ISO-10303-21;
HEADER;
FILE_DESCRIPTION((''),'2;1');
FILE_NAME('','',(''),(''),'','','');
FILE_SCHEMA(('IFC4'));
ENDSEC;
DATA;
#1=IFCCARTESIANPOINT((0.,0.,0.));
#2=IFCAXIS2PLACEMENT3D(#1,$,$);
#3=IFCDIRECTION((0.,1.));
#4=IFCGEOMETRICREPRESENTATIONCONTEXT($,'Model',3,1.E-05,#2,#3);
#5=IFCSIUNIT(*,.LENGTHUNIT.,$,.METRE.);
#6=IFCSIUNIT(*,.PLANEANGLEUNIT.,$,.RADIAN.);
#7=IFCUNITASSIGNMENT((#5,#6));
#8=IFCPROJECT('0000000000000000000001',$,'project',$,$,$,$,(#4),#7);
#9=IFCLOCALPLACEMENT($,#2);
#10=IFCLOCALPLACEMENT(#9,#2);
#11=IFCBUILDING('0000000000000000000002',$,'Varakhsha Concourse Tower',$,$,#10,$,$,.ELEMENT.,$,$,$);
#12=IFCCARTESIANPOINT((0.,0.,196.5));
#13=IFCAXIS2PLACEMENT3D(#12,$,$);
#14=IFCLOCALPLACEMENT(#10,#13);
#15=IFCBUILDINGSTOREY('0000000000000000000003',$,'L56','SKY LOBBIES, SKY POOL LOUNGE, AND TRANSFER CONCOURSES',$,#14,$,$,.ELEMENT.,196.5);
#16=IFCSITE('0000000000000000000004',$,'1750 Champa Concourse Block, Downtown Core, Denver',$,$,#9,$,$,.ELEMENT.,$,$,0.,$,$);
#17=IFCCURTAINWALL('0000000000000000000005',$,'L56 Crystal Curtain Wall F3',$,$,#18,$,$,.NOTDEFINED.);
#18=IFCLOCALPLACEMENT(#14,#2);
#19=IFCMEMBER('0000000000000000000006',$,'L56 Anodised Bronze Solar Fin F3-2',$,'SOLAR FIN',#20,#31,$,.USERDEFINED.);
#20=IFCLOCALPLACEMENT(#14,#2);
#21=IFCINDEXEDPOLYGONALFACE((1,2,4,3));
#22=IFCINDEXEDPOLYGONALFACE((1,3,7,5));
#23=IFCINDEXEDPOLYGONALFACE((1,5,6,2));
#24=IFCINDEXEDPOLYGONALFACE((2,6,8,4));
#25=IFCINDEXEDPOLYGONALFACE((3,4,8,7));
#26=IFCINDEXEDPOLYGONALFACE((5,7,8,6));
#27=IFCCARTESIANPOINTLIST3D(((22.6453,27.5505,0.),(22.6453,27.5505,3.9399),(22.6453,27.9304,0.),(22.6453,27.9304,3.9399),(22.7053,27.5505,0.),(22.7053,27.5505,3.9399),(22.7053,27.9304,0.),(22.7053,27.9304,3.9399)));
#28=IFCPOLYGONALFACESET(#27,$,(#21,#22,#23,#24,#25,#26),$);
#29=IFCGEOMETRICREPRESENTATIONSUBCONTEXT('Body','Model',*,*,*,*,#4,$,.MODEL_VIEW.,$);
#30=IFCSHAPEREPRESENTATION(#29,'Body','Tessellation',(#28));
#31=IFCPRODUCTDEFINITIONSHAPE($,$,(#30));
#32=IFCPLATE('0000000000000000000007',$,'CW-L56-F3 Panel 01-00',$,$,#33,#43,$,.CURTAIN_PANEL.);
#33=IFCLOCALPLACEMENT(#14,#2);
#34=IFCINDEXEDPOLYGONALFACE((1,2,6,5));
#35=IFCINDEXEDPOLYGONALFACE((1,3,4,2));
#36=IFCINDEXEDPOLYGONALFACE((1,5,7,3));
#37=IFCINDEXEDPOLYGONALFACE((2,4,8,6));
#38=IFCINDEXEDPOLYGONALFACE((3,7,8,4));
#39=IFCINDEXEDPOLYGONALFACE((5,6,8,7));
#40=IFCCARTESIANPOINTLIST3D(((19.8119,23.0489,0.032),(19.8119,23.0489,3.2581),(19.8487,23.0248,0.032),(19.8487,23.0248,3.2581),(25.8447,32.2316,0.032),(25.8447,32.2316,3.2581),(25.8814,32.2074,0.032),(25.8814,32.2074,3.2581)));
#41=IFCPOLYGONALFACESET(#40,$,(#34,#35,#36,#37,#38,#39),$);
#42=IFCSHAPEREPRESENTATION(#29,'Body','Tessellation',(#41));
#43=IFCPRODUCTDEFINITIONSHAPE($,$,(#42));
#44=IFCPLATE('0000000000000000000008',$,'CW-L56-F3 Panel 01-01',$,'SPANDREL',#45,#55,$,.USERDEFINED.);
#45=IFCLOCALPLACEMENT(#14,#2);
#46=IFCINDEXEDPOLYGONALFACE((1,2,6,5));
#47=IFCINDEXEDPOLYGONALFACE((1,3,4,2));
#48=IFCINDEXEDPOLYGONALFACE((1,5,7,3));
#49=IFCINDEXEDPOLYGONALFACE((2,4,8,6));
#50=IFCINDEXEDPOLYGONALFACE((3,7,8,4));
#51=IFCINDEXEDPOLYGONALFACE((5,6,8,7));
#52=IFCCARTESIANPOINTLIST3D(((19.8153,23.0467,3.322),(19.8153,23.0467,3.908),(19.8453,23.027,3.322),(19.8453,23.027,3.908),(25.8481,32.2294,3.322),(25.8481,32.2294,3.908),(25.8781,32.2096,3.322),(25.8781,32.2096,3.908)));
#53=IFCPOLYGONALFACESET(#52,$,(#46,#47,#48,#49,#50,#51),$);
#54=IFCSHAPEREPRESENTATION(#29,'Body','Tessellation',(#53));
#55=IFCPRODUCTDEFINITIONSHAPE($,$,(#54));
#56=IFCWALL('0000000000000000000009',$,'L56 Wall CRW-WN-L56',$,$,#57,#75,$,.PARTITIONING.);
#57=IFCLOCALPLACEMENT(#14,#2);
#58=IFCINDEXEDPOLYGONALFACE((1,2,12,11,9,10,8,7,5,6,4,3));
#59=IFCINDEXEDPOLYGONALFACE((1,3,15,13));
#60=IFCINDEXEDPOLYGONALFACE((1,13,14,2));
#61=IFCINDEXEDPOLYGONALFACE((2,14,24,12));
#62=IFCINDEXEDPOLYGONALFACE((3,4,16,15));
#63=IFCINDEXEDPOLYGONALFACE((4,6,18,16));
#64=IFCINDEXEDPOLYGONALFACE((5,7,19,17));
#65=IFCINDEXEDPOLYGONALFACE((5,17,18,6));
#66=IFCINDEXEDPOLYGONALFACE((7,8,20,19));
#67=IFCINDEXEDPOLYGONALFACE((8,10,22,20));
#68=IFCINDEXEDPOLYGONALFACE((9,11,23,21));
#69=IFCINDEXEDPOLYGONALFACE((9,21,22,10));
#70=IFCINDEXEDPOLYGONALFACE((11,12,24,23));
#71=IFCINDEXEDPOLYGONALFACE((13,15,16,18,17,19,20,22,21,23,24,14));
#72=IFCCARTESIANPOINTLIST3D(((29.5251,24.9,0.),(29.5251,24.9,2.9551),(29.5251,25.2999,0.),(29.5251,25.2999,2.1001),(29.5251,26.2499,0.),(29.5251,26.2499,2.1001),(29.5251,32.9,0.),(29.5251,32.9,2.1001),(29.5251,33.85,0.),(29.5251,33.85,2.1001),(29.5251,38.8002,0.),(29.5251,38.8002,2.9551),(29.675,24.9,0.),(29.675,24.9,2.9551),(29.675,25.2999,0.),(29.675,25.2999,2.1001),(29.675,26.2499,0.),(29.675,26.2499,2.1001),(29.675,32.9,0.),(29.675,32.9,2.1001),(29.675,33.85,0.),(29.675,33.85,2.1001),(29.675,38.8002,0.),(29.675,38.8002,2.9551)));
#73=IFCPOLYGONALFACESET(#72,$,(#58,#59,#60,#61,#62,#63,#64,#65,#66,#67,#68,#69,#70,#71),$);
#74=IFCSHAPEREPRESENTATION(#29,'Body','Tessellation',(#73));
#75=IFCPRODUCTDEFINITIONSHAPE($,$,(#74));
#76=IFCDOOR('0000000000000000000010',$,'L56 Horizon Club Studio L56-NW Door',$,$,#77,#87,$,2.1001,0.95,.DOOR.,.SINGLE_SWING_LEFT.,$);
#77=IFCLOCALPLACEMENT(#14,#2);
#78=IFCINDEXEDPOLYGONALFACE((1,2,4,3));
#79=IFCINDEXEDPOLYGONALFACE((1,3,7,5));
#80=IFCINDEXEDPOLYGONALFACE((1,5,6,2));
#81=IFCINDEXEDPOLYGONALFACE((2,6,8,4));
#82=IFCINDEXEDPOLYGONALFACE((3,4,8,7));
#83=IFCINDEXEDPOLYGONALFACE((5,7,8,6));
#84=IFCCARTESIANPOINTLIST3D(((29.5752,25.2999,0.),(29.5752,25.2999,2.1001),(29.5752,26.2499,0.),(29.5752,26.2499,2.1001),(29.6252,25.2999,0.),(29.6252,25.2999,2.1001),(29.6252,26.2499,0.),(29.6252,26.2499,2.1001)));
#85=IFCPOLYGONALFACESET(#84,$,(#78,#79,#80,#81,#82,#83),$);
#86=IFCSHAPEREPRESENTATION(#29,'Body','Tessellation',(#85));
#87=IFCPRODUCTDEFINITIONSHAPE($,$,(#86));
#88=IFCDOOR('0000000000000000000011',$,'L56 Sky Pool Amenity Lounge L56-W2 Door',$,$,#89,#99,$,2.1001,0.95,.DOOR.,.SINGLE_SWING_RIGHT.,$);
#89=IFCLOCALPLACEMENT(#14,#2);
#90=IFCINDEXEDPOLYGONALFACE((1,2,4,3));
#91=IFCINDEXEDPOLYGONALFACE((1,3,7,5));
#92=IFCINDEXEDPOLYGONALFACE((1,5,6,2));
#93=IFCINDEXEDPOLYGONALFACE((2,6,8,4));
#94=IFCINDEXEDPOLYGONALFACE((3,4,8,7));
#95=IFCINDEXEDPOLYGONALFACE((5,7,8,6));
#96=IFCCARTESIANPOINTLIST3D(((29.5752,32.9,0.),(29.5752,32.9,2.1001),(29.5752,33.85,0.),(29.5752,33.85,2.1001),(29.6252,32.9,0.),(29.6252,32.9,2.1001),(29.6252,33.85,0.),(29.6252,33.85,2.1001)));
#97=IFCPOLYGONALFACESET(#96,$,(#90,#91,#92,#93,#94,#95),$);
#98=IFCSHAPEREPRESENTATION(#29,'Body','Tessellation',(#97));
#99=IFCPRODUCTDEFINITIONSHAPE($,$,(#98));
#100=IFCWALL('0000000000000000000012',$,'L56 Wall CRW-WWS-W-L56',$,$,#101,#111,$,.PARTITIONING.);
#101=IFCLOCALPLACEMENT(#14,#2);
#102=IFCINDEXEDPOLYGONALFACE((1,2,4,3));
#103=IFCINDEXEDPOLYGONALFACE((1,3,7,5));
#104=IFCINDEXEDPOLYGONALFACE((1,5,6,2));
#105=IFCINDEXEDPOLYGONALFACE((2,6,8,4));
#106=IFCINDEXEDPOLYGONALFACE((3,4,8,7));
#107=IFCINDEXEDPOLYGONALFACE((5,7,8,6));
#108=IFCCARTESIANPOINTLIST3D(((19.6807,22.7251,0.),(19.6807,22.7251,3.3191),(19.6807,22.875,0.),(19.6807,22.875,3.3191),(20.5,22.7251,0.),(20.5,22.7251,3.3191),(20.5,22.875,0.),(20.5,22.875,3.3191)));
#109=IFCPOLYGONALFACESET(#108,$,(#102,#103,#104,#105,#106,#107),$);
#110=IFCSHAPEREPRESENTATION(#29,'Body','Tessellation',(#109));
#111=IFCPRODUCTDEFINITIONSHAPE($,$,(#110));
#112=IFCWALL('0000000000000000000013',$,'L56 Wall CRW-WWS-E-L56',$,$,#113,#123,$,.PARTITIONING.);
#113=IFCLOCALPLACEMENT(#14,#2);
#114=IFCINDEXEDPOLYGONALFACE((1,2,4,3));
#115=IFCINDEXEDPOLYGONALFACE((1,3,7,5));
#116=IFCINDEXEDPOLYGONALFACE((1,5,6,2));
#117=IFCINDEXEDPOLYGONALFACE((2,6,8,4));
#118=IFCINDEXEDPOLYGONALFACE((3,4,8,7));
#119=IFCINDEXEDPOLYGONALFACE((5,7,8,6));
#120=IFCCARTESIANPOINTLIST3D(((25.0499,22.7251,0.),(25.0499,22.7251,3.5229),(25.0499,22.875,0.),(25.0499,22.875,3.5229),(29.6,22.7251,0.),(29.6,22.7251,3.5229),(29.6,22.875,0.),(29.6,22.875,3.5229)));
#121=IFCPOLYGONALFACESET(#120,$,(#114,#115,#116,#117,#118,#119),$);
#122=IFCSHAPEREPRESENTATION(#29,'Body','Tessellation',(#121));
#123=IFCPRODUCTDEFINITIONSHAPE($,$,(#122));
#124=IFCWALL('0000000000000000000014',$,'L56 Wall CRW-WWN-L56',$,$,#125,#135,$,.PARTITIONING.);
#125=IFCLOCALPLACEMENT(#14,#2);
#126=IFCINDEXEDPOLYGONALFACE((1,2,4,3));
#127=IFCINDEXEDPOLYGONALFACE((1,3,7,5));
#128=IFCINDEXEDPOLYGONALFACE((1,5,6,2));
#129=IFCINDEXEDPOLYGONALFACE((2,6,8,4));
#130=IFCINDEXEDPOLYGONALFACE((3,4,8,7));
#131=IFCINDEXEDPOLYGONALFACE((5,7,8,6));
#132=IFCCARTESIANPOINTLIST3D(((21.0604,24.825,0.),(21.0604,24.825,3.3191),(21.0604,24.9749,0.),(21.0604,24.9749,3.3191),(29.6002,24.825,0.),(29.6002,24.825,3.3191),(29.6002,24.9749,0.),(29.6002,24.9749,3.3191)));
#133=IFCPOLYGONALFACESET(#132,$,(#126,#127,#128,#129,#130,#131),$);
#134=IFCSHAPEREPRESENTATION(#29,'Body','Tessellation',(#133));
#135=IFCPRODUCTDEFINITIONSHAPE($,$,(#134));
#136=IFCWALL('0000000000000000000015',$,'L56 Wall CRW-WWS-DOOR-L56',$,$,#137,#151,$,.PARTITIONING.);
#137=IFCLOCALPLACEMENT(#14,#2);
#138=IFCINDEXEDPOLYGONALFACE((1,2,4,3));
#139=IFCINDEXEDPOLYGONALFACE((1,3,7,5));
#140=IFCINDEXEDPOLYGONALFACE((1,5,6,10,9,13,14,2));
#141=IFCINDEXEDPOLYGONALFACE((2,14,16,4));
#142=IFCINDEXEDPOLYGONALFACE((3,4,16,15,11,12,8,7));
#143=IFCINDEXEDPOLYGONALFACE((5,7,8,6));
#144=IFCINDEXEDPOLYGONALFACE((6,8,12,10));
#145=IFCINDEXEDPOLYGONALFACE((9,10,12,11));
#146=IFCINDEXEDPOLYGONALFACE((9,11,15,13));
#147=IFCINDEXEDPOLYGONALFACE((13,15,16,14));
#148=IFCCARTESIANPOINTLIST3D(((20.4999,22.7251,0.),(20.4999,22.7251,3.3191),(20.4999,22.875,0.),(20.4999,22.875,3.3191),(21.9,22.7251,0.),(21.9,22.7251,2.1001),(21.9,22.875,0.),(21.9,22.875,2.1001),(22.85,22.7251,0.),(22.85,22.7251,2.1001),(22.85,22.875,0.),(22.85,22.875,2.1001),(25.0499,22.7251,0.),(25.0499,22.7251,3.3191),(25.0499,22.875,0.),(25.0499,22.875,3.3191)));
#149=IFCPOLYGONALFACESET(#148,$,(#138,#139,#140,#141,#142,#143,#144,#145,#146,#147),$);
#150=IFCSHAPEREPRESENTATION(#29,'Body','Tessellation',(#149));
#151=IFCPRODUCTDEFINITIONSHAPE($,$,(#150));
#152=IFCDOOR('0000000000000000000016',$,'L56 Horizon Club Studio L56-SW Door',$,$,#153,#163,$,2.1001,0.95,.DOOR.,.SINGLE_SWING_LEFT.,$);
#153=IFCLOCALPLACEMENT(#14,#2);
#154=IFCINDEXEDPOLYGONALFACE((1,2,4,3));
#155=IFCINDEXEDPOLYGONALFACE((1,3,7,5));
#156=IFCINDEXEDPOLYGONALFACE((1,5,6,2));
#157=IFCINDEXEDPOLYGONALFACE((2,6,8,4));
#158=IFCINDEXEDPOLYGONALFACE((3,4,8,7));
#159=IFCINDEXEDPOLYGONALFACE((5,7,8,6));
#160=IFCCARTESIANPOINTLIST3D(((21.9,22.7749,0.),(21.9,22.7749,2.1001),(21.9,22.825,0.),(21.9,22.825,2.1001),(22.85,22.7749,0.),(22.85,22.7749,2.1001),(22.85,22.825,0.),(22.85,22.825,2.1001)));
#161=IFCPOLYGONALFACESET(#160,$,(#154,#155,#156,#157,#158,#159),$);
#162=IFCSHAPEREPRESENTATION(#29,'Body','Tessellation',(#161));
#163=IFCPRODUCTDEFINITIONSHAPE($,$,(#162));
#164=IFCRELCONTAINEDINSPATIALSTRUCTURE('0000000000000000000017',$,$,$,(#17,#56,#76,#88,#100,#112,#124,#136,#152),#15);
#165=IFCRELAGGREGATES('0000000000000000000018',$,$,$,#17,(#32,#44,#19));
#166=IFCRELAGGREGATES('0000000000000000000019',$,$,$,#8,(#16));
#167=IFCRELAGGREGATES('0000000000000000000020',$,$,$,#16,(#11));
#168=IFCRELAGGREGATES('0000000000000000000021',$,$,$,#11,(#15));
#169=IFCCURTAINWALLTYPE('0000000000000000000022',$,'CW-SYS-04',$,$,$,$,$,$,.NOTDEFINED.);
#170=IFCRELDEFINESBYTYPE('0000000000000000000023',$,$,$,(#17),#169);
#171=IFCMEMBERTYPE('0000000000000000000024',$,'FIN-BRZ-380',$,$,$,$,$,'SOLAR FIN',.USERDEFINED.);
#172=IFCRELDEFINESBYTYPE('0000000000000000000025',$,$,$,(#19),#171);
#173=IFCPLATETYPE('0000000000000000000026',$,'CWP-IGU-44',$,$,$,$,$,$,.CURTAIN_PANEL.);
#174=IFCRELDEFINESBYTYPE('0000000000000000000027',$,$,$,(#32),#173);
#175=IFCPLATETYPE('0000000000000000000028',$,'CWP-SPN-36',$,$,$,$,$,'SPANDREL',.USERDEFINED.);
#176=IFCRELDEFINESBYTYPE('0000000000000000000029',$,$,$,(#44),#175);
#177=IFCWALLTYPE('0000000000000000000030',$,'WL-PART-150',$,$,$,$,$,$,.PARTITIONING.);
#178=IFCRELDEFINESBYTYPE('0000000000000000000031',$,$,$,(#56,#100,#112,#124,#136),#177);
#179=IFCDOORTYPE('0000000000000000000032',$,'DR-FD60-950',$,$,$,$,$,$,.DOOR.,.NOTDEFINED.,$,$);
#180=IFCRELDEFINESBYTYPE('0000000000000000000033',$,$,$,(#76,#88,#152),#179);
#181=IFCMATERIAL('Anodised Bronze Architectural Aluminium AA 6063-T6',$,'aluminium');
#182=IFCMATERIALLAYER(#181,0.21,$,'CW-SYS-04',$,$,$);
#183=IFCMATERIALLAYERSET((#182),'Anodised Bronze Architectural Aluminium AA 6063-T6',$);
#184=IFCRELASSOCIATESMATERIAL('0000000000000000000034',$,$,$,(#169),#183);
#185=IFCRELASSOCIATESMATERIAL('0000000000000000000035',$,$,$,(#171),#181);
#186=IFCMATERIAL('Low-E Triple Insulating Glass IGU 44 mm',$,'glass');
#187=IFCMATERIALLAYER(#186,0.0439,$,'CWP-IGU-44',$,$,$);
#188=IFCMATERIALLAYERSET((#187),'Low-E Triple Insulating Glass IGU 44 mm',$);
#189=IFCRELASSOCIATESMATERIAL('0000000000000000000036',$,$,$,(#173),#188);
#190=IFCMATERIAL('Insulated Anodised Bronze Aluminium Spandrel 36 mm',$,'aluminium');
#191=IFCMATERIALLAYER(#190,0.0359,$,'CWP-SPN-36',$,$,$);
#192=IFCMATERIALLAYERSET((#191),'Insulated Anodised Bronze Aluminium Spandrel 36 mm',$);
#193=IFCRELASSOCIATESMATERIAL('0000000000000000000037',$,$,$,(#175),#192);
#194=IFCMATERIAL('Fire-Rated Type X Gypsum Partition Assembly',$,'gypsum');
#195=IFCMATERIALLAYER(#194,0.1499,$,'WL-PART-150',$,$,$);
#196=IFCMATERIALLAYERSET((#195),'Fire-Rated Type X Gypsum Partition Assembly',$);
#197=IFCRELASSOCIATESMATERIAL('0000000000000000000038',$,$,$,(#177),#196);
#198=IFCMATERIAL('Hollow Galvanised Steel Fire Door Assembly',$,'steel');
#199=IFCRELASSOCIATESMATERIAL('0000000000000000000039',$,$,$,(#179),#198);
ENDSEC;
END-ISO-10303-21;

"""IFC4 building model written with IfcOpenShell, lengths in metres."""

from ifc_helpers import new_model, si_unit, direction, frame, frame_2d, origin, origin_2d, place, context, subcontext, project, spatial, rectangle, extrude, source, transform, mapped, material, layer, layer_set, material_profile, profile_set, type_object, type_shapes, element, fill, aggregate, save


model = new_model("IFC4")

# Units and contexts
model_context = context("Model", 3, precision=1e-05, world=origin(), true_north=direction((0.0, 1.0)))
body_context = subcontext(model_context, "Body", "Model", "MODEL_VIEW")
ifc_project = project(units=[si_unit("LENGTHUNIT", "METRE"), si_unit("PLANEANGLEUNIT", "RADIAN")], contexts=[model_context])

# Site, building, storey
site_placement = place(None, origin())
site = spatial("IfcSite", under=ifc_project, at=site_placement, Name="1750 Champa Concourse Block, Downtown Core, Denver", CompositionType="ELEMENT", RefElevation=0.0)
building_placement = place(site_placement, origin())
building = spatial("IfcBuilding", under=site, at=building_placement, Name="Varakhsha Concourse Tower", CompositionType="ELEMENT")
storey_placement = place(building_placement, frame((0.0, 0.0, 196.5)))
storey = spatial("IfcBuildingStorey", under=building, at=storey_placement, Name="L56", Description="SKY LOBBIES, SKY POOL LOUNGE, AND TRANSFER CONCOURSES", CompositionType="ELEMENT", Elevation=196.5)

# Curtain wall, member, plates
ifc_material_1 = material(Name="Anodised Bronze Architectural Aluminium AA 6063-T6", Category="aluminium")
ifc_layer_1 = layer(ifc_material_1, 0.21, Name="CW-SYS-04")
ifc_layer_set_1 = layer_set([ifc_layer_1], Name="Anodised Bronze Architectural Aluminium AA 6063-T6")
curtain_wall_type = type_object("IfcCurtainWallType", Name="CW-SYS-04", PredefinedType="NOTDEFINED", material=ifc_layer_set_1)
curtain_wall_placement = place(storey_placement, origin())
curtain_wall = element("IfcCurtainWall", 1, at=curtain_wall_placement, inside=storey, type_object=curtain_wall_type, Name="L56 Crystal Curtain Wall F3", PredefinedType="NOTDEFINED")
ifc_material_profile_1 = material_profile(ifc_material_1, rectangle(XDim=0.0601, YDim=0.3799, at=origin_2d()), Name="FIN-BRZ-380")
ifc_profile_set_1 = profile_set([ifc_material_profile_1], Name="Anodised Bronze Architectural Aluminium AA 6063-T6")
member_type_1 = type_object("IfcMemberType", Name="FIN-BRZ-380", ElementType="SOLAR FIN", PredefinedType="USERDEFINED", material=ifc_profile_set_1)
shared_shape_1 = source(origin(), body_context, "Body", "SweptSolid", [
    extrude(rectangle(XDim=0.0601, YDim=0.3799, at=origin_2d()), origin(), (0.0, 0.0, 1.0), 3.9399),
])
type_shapes(member_type_1, [shared_shape_1])
member_1_placement = place(storey_placement, frame((22.6753, 27.7405, 0.0), z_axis=(0.0, 0.0, 1.0), x_axis=(1.0, 0.0, 0.0)))
member_1 = element("IfcMember", 2, at=member_1_placement, type_object=member_type_1, Name="L56 Anodised Bronze Solar Fin F3-2", ObjectType="SOLAR FIN", PredefinedType="USERDEFINED", context=body_context, shape_type="MappedRepresentation", body=[
    mapped(shared_shape_1, transform((0.0, 0.0, 0.0), scale=1.0)),
])
ifc_material_2 = material(Name="Low-E Triple Insulating Glass IGU 44 mm", Category="glass")
ifc_layer_2 = layer(ifc_material_2, 0.0439, Name="CWP-IGU-44")
ifc_layer_set_2 = layer_set([ifc_layer_2], Name="Low-E Triple Insulating Glass IGU 44 mm")
plate_type_1 = type_object("IfcPlateType", Name="CWP-IGU-44", PredefinedType="CURTAIN_PANEL", material=ifc_layer_set_2)
shared_shape_2 = source(origin(), body_context, "Body", "SweptSolid", [
    extrude(rectangle(XDim=10.9871, YDim=0.0439, at=origin_2d()), origin(), (0.0, 0.0, 1.0), 3.2261),
])
type_shapes(plate_type_1, [shared_shape_2])
plate_1_placement = place(storey_placement, frame((22.8467, 27.6282, 0.032), z_axis=(0.0, 0.0, 1.0), x_axis=(0.54908, 0.83577, 0.0)))
plate_1 = element("IfcPlate", 3, at=plate_1_placement, type_object=plate_type_1, Name="CW-L56-F3 Panel 01-00", PredefinedType="CURTAIN_PANEL", context=body_context, shape_type="MappedRepresentation", body=[
    mapped(shared_shape_2, transform((0.0, 0.0, 0.0), scale=1.0)),
])
ifc_material_3 = material(Name="Insulated Anodised Bronze Aluminium Spandrel 36 mm", Category="aluminium")
ifc_layer_3 = layer(ifc_material_3, 0.0359, Name="CWP-SPN-36")
ifc_layer_set_3 = layer_set([ifc_layer_3], Name="Insulated Anodised Bronze Aluminium Spandrel 36 mm")
plate_type_2 = type_object("IfcPlateType", Name="CWP-SPN-36", ElementType="SPANDREL", PredefinedType="USERDEFINED", material=ifc_layer_set_3)
shared_shape_3 = source(origin(), body_context, "Body", "SweptSolid", [
    extrude(rectangle(XDim=10.9871, YDim=0.0359, at=origin_2d()), origin(), (0.0, 0.0, 1.0), 0.5859),
])
type_shapes(plate_type_2, [shared_shape_3])
plate_2_placement = place(storey_placement, frame((22.8467, 27.6282, 3.322), z_axis=(0.0, 0.0, 1.0), x_axis=(0.54908, 0.83577, 0.0)))
plate_2 = element("IfcPlate", 4, at=plate_2_placement, type_object=plate_type_2, Name="CW-L56-F3 Panel 01-01", ObjectType="SPANDREL", PredefinedType="USERDEFINED", context=body_context, shape_type="MappedRepresentation", body=[
    mapped(shared_shape_3, transform((0.0, 0.0, 0.0), scale=1.0)),
])
aggregate(curtain_wall, [plate_1, plate_2, member_1])

# Wall, openings, doors
ifc_material_4 = material(Name="Fire-Rated Type X Gypsum Partition Assembly", Category="gypsum")
ifc_layer_4 = layer(ifc_material_4, 0.1499, Name="WL-PART-150")
ifc_layer_set_4 = layer_set([ifc_layer_4], Name="Fire-Rated Type X Gypsum Partition Assembly")
wall_type_1 = type_object("IfcWallType", Name="WL-PART-150", PredefinedType="PARTITIONING", material=ifc_layer_set_4)
wall_1_placement = place(storey_placement, frame((29.6001, 24.8999, 0.0), z_axis=(0.0, 0.0, 1.0), x_axis=(0.0, 1.0, 0.0)))
wall_1 = element("IfcWall", 5, at=wall_1_placement, inside=storey, type_object=wall_type_1, Name="L56 Wall CRW-WN-L56", PredefinedType="PARTITIONING", context=body_context, shape_type="SweptSolid", body=[
    extrude(rectangle(XDim=13.9001, YDim=0.1499, at=frame_2d((6.9502, 0.0))), origin(), (0.0, 0.0, 1.0), 2.9551),
])
opening_1_placement = place(wall_1_placement, frame((0.3999, 0.0, 0.0)))
opening_1 = element("IfcOpeningElement", 6, at=opening_1_placement, cuts=wall_1, PredefinedType="OPENING", context=body_context, shape_type="SweptSolid", body=[
    extrude(rectangle(XDim=0.95, YDim=2.1001, at=frame_2d((0.4751, 1.05))), frame((0.0, 0.085, 0.0), z_axis=(0.0, -1.0, 0.0), x_axis=(1.0, 0.0, 0.0)), (0.0, 0.0, 1.0), 0.1699),
])
opening_2_placement = place(wall_1_placement, frame((8.0, 0.0, 0.0)))
opening_2 = element("IfcOpeningElement", 7, at=opening_2_placement, cuts=wall_1, PredefinedType="OPENING", context=body_context, shape_type="SweptSolid", body=[
    extrude(rectangle(XDim=0.95, YDim=2.1001, at=frame_2d((0.4751, 1.05))), frame((0.0, 0.085, 0.0), z_axis=(0.0, -1.0, 0.0), x_axis=(1.0, 0.0, 0.0)), (0.0, 0.0, 1.0), 0.1699),
])
ifc_material_5 = material(Name="Hollow Galvanised Steel Fire Door Assembly", Category="steel")
door_type = type_object("IfcDoorType", Name="DR-FD60-950", OperationType="NOTDEFINED", PredefinedType="DOOR", material=ifc_material_5)
door_1_placement = place(opening_1_placement, origin())
door_1 = element("IfcDoor", 8, at=door_1_placement, inside=storey, type_object=door_type, Name="L56 Horizon Club Studio L56-NW Door", OperationType="SINGLE_SWING_LEFT", OverallHeight=2.1001, OverallWidth=0.95, PredefinedType="DOOR", context=body_context, shape_type="SweptSolid", body=[
    extrude(rectangle(XDim=0.95, YDim=2.1001, at=frame_2d((0.4751, 1.05))), frame((0.0, 0.0249, 0.0), z_axis=(0.0, -1.0, 0.0), x_axis=(1.0, 0.0, 0.0)), (0.0, 0.0, 1.0), 0.05),
])
fill(opening_1, door_1)
door_2_placement = place(opening_2_placement, origin())
door_2 = element("IfcDoor", 9, at=door_2_placement, inside=storey, type_object=door_type, Name="L56 Sky Pool Amenity Lounge L56-W2 Door", OperationType="SINGLE_SWING_RIGHT", OverallHeight=2.1001, OverallWidth=0.95, PredefinedType="DOOR", context=body_context, shape_type="SweptSolid", body=[
    extrude(rectangle(XDim=0.95, YDim=2.1001, at=frame_2d((0.4751, 1.05))), frame((0.0, 0.0249, 0.0), z_axis=(0.0, -1.0, 0.0), x_axis=(1.0, 0.0, 0.0)), (0.0, 0.0, 1.0), 0.05),
])
fill(opening_2, door_2)

# Walls
wall_2_placement = place(storey_placement, frame((19.6807, 22.8, 0.0), z_axis=(0.0, 0.0, 1.0), x_axis=(1.0, 0.0, 0.0)))
element("IfcWall", 10, at=wall_2_placement, inside=storey, type_object=wall_type_1, Name="L56 Wall CRW-WWS-W-L56", PredefinedType="PARTITIONING", context=body_context, shape_type="SweptSolid", body=[
    extrude(rectangle(XDim=0.8193, YDim=0.1499, at=frame_2d((0.4097, 0.0))), origin(), (0.0, 0.0, 1.0), 3.3191),
])
wall_3_placement = place(storey_placement, frame((25.05, 22.8, 0.0), z_axis=(0.0, 0.0, 1.0), x_axis=(1.0, 0.0, 0.0)))
element("IfcWall", 11, at=wall_3_placement, inside=storey, type_object=wall_type_1, Name="L56 Wall CRW-WWS-E-L56", PredefinedType="PARTITIONING", context=body_context, shape_type="SweptSolid", body=[
    extrude(rectangle(XDim=4.55, YDim=0.1499, at=frame_2d((2.2749, 0.0))), origin(), (0.0, 0.0, 1.0), 3.5229),
])
wall_4_placement = place(storey_placement, frame((21.0603, 24.8999, 0.0), z_axis=(0.0, 0.0, 1.0), x_axis=(1.0, 0.0, 0.0)))
element("IfcWall", 12, at=wall_4_placement, inside=storey, type_object=wall_type_1, Name="L56 Wall CRW-WWN-L56", PredefinedType="PARTITIONING", context=body_context, shape_type="SweptSolid", body=[
    extrude(rectangle(XDim=8.5398, YDim=0.1499, at=frame_2d((4.27, 0.0))), origin(), (0.0, 0.0, 1.0), 3.3191),
])

# Wall, opening, door
wall_5_placement = place(storey_placement, frame((20.5, 22.8, 0.0), z_axis=(0.0, 0.0, 1.0), x_axis=(1.0, 0.0, 0.0)))
wall_5 = element("IfcWall", 13, at=wall_5_placement, inside=storey, type_object=wall_type_1, Name="L56 Wall CRW-WWS-DOOR-L56", PredefinedType="PARTITIONING", context=body_context, shape_type="SweptSolid", body=[
    extrude(rectangle(XDim=4.55, YDim=0.1499, at=frame_2d((2.2749, 0.0))), origin(), (0.0, 0.0, 1.0), 3.3191),
])
opening_3_placement = place(wall_5_placement, frame((1.3999, 0.0, 0.0)))
opening_3 = element("IfcOpeningElement", 14, at=opening_3_placement, cuts=wall_5, PredefinedType="OPENING", context=body_context, shape_type="SweptSolid", body=[
    extrude(rectangle(XDim=0.95, YDim=2.1001, at=frame_2d((0.4751, 1.05))), frame((0.0, 0.085, 0.0), z_axis=(0.0, -1.0, 0.0), x_axis=(1.0, 0.0, 0.0)), (0.0, 0.0, 1.0), 0.1699),
])
door_3_placement = place(opening_3_placement, origin())
door_3 = element("IfcDoor", 15, at=door_3_placement, inside=storey, type_object=door_type, Name="L56 Horizon Club Studio L56-SW Door", OperationType="SINGLE_SWING_LEFT", OverallHeight=2.1001, OverallWidth=0.95, PredefinedType="DOOR", context=body_context, shape_type="SweptSolid", body=[
    extrude(rectangle(XDim=0.95, YDim=2.1001, at=frame_2d((0.4751, 1.05))), frame((0.0, 0.0249, 0.0), z_axis=(0.0, -1.0, 0.0), x_axis=(1.0, 0.0, 0.0)), (0.0, 0.0, 1.0), 0.05),
])
fill(opening_3, door_3)

save(model, "model.ifc")
